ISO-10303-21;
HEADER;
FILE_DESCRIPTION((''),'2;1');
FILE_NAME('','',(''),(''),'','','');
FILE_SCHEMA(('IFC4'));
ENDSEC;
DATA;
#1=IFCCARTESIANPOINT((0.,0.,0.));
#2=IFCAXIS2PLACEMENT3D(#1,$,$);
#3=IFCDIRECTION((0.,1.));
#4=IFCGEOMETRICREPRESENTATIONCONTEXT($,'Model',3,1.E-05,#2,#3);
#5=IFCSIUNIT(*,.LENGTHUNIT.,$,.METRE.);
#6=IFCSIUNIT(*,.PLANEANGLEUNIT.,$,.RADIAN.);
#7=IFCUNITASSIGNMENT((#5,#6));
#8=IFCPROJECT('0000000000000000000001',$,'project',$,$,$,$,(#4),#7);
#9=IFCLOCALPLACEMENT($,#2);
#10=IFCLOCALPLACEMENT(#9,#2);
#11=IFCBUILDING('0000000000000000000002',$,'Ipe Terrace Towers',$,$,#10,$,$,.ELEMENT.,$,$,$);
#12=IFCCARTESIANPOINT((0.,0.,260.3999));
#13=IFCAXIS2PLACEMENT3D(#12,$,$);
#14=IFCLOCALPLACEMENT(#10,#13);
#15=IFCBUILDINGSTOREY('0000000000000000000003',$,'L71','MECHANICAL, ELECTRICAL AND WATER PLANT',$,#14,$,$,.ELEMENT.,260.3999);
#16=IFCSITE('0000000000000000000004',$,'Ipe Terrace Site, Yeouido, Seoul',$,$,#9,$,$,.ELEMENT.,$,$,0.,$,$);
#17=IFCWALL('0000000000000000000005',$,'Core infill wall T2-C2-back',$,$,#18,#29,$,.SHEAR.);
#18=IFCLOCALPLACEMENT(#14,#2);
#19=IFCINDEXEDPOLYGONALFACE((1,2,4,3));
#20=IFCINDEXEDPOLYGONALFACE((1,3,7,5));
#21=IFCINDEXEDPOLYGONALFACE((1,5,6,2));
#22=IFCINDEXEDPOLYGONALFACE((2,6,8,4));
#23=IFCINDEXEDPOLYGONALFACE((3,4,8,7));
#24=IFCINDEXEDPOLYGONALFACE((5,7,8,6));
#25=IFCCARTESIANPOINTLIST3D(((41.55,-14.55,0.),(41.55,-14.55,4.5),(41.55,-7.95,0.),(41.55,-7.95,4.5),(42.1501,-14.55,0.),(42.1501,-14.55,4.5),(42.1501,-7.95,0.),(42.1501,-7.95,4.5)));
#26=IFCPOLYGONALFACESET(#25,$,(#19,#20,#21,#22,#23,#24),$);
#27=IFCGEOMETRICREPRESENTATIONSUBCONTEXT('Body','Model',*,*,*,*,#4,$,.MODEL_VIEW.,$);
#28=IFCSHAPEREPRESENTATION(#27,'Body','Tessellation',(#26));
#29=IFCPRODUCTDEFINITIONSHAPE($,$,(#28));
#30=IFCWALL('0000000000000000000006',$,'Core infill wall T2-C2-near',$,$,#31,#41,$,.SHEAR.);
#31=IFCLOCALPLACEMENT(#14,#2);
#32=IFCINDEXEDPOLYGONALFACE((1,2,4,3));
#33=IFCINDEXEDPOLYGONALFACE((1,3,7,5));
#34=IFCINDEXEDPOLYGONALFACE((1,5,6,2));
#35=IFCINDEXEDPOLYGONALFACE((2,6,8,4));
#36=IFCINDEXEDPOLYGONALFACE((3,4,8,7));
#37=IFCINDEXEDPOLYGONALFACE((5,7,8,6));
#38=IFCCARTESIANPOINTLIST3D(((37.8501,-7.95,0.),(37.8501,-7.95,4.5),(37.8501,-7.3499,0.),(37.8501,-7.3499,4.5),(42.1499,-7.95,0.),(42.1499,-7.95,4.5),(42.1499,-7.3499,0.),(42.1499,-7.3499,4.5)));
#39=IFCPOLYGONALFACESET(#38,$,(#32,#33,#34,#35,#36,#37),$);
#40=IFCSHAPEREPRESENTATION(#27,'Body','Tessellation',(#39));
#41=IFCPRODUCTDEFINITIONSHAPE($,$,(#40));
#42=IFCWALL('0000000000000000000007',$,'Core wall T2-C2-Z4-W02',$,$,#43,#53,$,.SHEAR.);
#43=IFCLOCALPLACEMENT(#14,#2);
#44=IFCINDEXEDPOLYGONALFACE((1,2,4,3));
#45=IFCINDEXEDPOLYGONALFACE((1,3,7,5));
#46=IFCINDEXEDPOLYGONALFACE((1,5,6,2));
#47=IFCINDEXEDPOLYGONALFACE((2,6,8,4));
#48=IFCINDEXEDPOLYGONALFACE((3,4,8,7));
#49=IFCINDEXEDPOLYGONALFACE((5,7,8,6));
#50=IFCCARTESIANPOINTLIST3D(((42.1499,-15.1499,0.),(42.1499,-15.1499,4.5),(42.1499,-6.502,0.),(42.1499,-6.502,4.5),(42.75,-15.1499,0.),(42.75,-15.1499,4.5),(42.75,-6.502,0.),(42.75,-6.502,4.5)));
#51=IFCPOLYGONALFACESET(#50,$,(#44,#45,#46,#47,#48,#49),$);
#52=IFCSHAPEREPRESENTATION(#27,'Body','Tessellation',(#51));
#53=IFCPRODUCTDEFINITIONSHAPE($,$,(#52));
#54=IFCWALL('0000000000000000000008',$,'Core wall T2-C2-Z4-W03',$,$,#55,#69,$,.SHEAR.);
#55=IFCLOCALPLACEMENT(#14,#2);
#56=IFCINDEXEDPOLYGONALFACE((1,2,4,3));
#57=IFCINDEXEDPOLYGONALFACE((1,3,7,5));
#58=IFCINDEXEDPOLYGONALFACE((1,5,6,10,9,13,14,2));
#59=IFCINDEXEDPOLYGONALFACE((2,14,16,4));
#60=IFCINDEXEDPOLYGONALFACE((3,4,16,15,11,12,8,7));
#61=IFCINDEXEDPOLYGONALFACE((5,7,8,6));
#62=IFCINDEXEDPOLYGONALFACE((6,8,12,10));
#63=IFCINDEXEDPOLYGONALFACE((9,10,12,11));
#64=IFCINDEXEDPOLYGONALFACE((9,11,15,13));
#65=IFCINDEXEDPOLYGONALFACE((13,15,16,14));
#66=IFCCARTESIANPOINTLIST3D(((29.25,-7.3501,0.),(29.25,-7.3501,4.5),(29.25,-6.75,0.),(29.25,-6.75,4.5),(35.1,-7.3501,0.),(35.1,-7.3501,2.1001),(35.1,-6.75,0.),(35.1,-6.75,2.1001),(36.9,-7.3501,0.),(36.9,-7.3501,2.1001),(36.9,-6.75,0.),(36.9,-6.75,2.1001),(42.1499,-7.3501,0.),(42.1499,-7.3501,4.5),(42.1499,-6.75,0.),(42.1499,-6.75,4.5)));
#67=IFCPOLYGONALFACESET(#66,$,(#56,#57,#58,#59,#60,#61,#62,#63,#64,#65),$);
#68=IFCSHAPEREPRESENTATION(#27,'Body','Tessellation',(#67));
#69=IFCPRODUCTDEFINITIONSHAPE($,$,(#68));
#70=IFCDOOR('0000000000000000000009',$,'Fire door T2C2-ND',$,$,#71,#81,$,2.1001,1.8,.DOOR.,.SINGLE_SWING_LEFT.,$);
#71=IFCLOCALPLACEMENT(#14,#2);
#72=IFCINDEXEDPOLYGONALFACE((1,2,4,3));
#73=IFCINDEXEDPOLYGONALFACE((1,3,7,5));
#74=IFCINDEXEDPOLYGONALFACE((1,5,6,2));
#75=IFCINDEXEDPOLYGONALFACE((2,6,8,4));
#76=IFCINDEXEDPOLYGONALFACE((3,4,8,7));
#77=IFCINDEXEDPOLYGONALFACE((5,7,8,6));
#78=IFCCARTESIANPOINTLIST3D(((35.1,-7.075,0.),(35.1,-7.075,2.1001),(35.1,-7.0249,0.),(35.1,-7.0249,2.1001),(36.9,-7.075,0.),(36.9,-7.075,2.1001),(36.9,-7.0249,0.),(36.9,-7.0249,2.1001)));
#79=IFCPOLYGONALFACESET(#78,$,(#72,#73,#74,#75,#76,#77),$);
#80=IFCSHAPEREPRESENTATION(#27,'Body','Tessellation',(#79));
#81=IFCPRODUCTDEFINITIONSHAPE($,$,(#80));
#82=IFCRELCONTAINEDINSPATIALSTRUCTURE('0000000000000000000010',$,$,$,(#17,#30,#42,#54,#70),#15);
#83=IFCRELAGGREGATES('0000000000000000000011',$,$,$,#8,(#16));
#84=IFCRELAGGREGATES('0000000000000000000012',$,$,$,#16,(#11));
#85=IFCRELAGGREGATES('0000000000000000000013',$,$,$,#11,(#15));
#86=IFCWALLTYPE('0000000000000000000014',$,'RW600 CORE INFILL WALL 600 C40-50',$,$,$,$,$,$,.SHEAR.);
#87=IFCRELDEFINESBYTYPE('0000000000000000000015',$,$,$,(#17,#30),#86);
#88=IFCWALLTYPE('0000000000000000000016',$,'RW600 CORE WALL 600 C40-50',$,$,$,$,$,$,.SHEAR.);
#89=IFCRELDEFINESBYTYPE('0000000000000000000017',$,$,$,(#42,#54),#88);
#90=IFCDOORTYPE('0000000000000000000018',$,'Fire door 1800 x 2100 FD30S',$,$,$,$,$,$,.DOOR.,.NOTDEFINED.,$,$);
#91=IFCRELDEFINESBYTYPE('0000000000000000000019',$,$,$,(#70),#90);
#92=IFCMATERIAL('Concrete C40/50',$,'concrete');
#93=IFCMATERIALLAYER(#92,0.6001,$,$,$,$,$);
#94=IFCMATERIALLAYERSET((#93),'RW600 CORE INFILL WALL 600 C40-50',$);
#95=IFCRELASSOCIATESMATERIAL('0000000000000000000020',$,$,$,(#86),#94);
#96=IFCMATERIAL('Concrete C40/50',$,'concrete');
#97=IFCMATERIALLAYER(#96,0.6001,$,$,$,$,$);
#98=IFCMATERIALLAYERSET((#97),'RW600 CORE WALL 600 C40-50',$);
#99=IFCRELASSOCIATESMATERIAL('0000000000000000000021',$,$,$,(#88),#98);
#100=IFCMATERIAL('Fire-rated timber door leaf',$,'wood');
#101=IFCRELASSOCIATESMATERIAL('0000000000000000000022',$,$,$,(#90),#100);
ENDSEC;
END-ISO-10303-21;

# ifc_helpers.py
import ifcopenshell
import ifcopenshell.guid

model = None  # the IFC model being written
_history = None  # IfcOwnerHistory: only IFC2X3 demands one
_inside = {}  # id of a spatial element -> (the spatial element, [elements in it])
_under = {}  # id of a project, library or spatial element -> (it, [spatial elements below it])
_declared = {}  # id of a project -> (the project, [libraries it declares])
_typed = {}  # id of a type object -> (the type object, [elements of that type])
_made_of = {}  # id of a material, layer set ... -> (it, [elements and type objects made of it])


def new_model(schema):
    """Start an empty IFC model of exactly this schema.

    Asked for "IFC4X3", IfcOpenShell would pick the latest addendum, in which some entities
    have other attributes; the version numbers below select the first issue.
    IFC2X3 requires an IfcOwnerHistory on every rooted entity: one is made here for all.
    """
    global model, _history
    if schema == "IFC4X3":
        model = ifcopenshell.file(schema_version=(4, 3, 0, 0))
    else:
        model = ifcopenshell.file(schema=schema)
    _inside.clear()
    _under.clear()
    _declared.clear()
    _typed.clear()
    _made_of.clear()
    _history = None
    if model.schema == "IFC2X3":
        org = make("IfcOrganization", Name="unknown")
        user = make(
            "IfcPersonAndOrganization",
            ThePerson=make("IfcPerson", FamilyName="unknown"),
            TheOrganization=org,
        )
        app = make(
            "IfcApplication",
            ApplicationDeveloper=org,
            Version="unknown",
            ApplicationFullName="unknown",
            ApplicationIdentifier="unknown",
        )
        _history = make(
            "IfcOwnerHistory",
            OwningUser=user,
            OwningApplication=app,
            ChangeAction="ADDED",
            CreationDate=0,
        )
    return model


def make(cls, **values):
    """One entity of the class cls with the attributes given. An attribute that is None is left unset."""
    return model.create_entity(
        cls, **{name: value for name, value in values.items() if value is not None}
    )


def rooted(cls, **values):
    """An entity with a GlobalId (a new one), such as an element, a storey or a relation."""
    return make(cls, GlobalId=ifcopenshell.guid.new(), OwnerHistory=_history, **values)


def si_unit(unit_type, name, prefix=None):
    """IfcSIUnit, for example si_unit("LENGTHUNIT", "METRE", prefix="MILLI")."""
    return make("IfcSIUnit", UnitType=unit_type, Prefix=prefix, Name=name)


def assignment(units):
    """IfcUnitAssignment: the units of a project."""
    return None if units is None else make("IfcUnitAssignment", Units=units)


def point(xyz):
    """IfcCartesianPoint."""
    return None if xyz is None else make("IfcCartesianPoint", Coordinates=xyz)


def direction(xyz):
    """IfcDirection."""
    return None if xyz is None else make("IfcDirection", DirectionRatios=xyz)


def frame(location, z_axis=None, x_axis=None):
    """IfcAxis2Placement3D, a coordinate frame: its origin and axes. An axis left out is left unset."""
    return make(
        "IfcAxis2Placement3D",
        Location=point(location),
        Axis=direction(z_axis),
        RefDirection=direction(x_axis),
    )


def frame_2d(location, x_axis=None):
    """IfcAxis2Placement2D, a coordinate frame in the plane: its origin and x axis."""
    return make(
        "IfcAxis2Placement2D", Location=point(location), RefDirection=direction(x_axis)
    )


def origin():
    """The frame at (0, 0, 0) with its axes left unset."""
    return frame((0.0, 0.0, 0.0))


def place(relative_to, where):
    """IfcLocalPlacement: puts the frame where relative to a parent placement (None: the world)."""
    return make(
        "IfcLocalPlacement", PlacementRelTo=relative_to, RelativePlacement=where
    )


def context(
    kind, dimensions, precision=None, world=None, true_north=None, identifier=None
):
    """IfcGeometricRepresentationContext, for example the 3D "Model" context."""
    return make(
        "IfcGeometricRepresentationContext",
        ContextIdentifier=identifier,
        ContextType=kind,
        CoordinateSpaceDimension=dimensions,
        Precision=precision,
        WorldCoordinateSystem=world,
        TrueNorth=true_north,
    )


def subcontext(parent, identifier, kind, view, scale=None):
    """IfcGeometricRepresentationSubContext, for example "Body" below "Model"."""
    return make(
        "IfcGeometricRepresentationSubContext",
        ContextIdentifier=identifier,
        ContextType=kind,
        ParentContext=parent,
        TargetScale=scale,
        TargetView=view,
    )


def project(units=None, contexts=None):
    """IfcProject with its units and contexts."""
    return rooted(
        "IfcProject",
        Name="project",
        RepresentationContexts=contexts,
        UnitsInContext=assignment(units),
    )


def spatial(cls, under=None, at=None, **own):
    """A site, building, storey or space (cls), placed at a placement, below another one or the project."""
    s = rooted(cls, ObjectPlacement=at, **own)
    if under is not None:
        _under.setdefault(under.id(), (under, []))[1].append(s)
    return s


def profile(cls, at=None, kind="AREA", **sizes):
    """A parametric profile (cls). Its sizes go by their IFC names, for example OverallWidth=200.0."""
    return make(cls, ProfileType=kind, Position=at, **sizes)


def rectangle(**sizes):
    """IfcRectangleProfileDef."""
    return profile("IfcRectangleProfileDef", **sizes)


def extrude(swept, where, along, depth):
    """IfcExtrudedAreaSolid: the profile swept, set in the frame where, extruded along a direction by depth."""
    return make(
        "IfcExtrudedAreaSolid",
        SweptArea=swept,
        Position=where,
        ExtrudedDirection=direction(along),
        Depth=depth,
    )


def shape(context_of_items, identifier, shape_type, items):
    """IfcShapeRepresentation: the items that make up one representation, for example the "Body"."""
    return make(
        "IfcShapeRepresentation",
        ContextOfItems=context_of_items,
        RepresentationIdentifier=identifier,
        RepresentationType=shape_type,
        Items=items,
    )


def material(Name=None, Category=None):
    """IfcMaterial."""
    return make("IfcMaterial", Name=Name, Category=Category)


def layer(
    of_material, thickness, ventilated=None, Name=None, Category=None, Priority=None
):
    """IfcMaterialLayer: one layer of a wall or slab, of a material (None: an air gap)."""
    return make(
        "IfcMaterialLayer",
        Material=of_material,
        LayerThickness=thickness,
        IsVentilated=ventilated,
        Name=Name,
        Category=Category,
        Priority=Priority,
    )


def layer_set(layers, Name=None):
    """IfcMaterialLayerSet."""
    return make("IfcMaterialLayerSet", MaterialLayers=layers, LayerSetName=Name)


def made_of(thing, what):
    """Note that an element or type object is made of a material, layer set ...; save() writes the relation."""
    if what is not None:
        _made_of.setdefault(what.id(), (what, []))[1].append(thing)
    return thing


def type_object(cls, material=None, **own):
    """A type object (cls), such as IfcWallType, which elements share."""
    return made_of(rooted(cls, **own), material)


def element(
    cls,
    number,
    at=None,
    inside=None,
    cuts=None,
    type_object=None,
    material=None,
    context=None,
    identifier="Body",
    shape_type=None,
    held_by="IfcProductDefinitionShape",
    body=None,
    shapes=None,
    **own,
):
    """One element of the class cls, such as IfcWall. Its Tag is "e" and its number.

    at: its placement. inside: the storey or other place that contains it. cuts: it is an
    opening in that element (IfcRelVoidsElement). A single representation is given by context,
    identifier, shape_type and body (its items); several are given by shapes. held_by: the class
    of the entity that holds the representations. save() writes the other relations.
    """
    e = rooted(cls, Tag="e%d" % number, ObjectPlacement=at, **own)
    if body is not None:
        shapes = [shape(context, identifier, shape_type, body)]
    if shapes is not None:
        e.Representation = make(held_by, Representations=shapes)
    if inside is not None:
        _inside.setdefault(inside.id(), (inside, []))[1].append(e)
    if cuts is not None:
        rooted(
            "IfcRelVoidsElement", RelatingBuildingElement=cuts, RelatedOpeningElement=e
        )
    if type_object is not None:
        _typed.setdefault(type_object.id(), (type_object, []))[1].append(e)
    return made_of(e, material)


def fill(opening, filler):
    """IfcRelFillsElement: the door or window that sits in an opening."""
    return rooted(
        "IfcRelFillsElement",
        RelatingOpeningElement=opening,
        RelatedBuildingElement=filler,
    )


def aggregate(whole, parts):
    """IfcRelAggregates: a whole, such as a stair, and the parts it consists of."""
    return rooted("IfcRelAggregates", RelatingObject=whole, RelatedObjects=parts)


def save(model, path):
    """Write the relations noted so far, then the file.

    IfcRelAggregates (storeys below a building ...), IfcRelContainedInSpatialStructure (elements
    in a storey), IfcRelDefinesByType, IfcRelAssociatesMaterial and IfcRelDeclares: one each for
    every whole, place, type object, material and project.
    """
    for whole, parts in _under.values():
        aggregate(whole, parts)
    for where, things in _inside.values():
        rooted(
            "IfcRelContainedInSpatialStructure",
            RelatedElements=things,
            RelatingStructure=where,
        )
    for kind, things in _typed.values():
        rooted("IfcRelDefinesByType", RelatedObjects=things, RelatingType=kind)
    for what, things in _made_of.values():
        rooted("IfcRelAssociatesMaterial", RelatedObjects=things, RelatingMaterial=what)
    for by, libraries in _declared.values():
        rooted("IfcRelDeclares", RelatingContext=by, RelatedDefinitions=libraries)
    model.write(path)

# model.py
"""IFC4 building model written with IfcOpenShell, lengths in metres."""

from ifc_helpers import new_model, si_unit, direction, frame, frame_2d, origin, place, context, subcontext, project, spatial, rectangle, extrude, material, layer, layer_set, type_object, element, fill, save


model = new_model("IFC4")

# Units and contexts
model_context = context("Model", 3, precision=1e-05, world=origin(), true_north=direction((0.0, 1.0)))
body_context = subcontext(model_context, "Body", "Model", "MODEL_VIEW")
ifc_project = project(units=[si_unit("LENGTHUNIT", "METRE"), si_unit("PLANEANGLEUNIT", "RADIAN")], contexts=[model_context])

# Site, building, storey
site_placement = place(None, origin())
site = spatial("IfcSite", under=ifc_project, at=site_placement, Name="Ipe Terrace Site, Yeouido, Seoul", CompositionType="ELEMENT", RefElevation=0.0)
building_placement = place(site_placement, origin())
building = spatial("IfcBuilding", under=site, at=building_placement, Name="Ipe Terrace Towers", CompositionType="ELEMENT")
storey_placement = place(building_placement, frame((0.0, 0.0, 260.3999)))
storey = spatial("IfcBuildingStorey", under=building, at=storey_placement, Name="L71", Description="MECHANICAL, ELECTRICAL AND WATER PLANT", CompositionType="ELEMENT", Elevation=260.3999)

# Walls
ifc_material_1 = material(Name="Concrete C40/50", Category="concrete")
ifc_layer_1 = layer(ifc_material_1, 0.6001)
ifc_layer_set_1 = layer_set([ifc_layer_1], Name="RW600 CORE INFILL WALL 600 C40-50")
wall_type_1 = type_object("IfcWallType", Name="RW600 CORE INFILL WALL 600 C40-50", PredefinedType="SHEAR", material=ifc_layer_set_1)
wall_1_placement = place(storey_placement, frame((41.8501, -7.95, 0.0), z_axis=(0.0, 0.0, 1.0), x_axis=(0.0, -1.0, 0.0)))
element("IfcWall", 1, at=wall_1_placement, inside=storey, type_object=wall_type_1, Name="Core infill wall T2-C2-back", PredefinedType="SHEAR", context=body_context, shape_type="SweptSolid", body=[
    extrude(rectangle(XDim=6.6001, YDim=0.6001, at=frame_2d((3.3, 0.0))), origin(), (0.0, 0.0, 1.0), 4.5),
])
wall_2_placement = place(storey_placement, frame((37.8501, -7.6499, 0.0), z_axis=(0.0, 0.0, 1.0), x_axis=(1.0, 0.0, 0.0)))
element("IfcWall", 2, at=wall_2_placement, inside=storey, type_object=wall_type_1, Name="Core infill wall T2-C2-near", PredefinedType="SHEAR", context=body_context, shape_type="SweptSolid", body=[
    extrude(rectangle(XDim=4.2998, YDim=0.6001, at=frame_2d((2.1499, 0.0))), origin(), (0.0, 0.0, 1.0), 4.5),
])
ifc_material_2 = material(Name="Concrete C40/50", Category="concrete")
ifc_layer_2 = layer(ifc_material_2, 0.6001)
ifc_layer_set_2 = layer_set([ifc_layer_2], Name="RW600 CORE WALL 600 C40-50")
wall_type_2 = type_object("IfcWallType", Name="RW600 CORE WALL 600 C40-50", PredefinedType="SHEAR", material=ifc_layer_set_2)
wall_3_placement = place(storey_placement, frame((42.45, -15.1499, 0.0), z_axis=(0.0, 0.0, 1.0), x_axis=(0.0, 1.0, 0.0)))
element("IfcWall", 3, at=wall_3_placement, inside=storey, type_object=wall_type_2, Name="Core wall T2-C2-Z4-W02", PredefinedType="SHEAR", context=body_context, shape_type="SweptSolid", body=[
    extrude(rectangle(XDim=8.6479, YDim=0.6001, at=frame_2d((4.324, 0.0))), origin(), (0.0, 0.0, 1.0), 4.5),
])

# Wall, opening, door
wall_4_placement = place(storey_placement, frame((42.1499, -7.05, 0.0), z_axis=(0.0, 0.0, 1.0), x_axis=(-1.0, 0.0, 0.0)))
wall_4 = element("IfcWall", 4, at=wall_4_placement, inside=storey, type_object=wall_type_2, Name="Core wall T2-C2-Z4-W03", PredefinedType="SHEAR", context=body_context, shape_type="SweptSolid", body=[
    extrude(rectangle(XDim=12.8999, YDim=0.6001, at=frame_2d((6.45, 0.0))), origin(), (0.0, 0.0, 1.0), 4.5),
])
opening_1_placement = place(wall_4_placement, frame((5.25, 0.0, 0.0)))
opening_1 = element("IfcOpeningElement", 5, at=opening_1_placement, cuts=wall_4, PredefinedType="OPENING", context=body_context, shape_type="SweptSolid", body=[
    extrude(rectangle(XDim=1.8, YDim=2.1001, at=frame_2d((0.8999, 1.05))), frame((0.0, 0.3101, 0.0), z_axis=(0.0, -1.0, 0.0), x_axis=(1.0, 0.0, 0.0)), (0.0, 0.0, 1.0), 0.6201),
])
ifc_material_3 = material(Name="Fire-rated timber door leaf", Category="wood")
door_type_1 = type_object("IfcDoorType", Name="Fire door 1800 x 2100 FD30S", OperationType="NOTDEFINED", PredefinedType="DOOR", material=ifc_material_3)
door_1_placement = place(opening_1_placement, origin())
door_1 = element("IfcDoor", 6, at=door_1_placement, inside=storey, type_object=door_type_1, Name="Fire door T2C2-ND", OperationType="SINGLE_SWING_LEFT", OverallHeight=2.1001, OverallWidth=1.8, PredefinedType="DOOR", context=body_context, shape_type="SweptSolid", body=[
    extrude(rectangle(XDim=1.8, YDim=2.1001, at=frame_2d((0.8999, 1.05))), frame((0.0, 0.0249, 0.0), z_axis=(0.0, -1.0, 0.0), x_axis=(1.0, 0.0, 0.0)), (0.0, 0.0, 1.0), 0.05),
])
fill(opening_1, door_1)

save(model, "model.ifc")
